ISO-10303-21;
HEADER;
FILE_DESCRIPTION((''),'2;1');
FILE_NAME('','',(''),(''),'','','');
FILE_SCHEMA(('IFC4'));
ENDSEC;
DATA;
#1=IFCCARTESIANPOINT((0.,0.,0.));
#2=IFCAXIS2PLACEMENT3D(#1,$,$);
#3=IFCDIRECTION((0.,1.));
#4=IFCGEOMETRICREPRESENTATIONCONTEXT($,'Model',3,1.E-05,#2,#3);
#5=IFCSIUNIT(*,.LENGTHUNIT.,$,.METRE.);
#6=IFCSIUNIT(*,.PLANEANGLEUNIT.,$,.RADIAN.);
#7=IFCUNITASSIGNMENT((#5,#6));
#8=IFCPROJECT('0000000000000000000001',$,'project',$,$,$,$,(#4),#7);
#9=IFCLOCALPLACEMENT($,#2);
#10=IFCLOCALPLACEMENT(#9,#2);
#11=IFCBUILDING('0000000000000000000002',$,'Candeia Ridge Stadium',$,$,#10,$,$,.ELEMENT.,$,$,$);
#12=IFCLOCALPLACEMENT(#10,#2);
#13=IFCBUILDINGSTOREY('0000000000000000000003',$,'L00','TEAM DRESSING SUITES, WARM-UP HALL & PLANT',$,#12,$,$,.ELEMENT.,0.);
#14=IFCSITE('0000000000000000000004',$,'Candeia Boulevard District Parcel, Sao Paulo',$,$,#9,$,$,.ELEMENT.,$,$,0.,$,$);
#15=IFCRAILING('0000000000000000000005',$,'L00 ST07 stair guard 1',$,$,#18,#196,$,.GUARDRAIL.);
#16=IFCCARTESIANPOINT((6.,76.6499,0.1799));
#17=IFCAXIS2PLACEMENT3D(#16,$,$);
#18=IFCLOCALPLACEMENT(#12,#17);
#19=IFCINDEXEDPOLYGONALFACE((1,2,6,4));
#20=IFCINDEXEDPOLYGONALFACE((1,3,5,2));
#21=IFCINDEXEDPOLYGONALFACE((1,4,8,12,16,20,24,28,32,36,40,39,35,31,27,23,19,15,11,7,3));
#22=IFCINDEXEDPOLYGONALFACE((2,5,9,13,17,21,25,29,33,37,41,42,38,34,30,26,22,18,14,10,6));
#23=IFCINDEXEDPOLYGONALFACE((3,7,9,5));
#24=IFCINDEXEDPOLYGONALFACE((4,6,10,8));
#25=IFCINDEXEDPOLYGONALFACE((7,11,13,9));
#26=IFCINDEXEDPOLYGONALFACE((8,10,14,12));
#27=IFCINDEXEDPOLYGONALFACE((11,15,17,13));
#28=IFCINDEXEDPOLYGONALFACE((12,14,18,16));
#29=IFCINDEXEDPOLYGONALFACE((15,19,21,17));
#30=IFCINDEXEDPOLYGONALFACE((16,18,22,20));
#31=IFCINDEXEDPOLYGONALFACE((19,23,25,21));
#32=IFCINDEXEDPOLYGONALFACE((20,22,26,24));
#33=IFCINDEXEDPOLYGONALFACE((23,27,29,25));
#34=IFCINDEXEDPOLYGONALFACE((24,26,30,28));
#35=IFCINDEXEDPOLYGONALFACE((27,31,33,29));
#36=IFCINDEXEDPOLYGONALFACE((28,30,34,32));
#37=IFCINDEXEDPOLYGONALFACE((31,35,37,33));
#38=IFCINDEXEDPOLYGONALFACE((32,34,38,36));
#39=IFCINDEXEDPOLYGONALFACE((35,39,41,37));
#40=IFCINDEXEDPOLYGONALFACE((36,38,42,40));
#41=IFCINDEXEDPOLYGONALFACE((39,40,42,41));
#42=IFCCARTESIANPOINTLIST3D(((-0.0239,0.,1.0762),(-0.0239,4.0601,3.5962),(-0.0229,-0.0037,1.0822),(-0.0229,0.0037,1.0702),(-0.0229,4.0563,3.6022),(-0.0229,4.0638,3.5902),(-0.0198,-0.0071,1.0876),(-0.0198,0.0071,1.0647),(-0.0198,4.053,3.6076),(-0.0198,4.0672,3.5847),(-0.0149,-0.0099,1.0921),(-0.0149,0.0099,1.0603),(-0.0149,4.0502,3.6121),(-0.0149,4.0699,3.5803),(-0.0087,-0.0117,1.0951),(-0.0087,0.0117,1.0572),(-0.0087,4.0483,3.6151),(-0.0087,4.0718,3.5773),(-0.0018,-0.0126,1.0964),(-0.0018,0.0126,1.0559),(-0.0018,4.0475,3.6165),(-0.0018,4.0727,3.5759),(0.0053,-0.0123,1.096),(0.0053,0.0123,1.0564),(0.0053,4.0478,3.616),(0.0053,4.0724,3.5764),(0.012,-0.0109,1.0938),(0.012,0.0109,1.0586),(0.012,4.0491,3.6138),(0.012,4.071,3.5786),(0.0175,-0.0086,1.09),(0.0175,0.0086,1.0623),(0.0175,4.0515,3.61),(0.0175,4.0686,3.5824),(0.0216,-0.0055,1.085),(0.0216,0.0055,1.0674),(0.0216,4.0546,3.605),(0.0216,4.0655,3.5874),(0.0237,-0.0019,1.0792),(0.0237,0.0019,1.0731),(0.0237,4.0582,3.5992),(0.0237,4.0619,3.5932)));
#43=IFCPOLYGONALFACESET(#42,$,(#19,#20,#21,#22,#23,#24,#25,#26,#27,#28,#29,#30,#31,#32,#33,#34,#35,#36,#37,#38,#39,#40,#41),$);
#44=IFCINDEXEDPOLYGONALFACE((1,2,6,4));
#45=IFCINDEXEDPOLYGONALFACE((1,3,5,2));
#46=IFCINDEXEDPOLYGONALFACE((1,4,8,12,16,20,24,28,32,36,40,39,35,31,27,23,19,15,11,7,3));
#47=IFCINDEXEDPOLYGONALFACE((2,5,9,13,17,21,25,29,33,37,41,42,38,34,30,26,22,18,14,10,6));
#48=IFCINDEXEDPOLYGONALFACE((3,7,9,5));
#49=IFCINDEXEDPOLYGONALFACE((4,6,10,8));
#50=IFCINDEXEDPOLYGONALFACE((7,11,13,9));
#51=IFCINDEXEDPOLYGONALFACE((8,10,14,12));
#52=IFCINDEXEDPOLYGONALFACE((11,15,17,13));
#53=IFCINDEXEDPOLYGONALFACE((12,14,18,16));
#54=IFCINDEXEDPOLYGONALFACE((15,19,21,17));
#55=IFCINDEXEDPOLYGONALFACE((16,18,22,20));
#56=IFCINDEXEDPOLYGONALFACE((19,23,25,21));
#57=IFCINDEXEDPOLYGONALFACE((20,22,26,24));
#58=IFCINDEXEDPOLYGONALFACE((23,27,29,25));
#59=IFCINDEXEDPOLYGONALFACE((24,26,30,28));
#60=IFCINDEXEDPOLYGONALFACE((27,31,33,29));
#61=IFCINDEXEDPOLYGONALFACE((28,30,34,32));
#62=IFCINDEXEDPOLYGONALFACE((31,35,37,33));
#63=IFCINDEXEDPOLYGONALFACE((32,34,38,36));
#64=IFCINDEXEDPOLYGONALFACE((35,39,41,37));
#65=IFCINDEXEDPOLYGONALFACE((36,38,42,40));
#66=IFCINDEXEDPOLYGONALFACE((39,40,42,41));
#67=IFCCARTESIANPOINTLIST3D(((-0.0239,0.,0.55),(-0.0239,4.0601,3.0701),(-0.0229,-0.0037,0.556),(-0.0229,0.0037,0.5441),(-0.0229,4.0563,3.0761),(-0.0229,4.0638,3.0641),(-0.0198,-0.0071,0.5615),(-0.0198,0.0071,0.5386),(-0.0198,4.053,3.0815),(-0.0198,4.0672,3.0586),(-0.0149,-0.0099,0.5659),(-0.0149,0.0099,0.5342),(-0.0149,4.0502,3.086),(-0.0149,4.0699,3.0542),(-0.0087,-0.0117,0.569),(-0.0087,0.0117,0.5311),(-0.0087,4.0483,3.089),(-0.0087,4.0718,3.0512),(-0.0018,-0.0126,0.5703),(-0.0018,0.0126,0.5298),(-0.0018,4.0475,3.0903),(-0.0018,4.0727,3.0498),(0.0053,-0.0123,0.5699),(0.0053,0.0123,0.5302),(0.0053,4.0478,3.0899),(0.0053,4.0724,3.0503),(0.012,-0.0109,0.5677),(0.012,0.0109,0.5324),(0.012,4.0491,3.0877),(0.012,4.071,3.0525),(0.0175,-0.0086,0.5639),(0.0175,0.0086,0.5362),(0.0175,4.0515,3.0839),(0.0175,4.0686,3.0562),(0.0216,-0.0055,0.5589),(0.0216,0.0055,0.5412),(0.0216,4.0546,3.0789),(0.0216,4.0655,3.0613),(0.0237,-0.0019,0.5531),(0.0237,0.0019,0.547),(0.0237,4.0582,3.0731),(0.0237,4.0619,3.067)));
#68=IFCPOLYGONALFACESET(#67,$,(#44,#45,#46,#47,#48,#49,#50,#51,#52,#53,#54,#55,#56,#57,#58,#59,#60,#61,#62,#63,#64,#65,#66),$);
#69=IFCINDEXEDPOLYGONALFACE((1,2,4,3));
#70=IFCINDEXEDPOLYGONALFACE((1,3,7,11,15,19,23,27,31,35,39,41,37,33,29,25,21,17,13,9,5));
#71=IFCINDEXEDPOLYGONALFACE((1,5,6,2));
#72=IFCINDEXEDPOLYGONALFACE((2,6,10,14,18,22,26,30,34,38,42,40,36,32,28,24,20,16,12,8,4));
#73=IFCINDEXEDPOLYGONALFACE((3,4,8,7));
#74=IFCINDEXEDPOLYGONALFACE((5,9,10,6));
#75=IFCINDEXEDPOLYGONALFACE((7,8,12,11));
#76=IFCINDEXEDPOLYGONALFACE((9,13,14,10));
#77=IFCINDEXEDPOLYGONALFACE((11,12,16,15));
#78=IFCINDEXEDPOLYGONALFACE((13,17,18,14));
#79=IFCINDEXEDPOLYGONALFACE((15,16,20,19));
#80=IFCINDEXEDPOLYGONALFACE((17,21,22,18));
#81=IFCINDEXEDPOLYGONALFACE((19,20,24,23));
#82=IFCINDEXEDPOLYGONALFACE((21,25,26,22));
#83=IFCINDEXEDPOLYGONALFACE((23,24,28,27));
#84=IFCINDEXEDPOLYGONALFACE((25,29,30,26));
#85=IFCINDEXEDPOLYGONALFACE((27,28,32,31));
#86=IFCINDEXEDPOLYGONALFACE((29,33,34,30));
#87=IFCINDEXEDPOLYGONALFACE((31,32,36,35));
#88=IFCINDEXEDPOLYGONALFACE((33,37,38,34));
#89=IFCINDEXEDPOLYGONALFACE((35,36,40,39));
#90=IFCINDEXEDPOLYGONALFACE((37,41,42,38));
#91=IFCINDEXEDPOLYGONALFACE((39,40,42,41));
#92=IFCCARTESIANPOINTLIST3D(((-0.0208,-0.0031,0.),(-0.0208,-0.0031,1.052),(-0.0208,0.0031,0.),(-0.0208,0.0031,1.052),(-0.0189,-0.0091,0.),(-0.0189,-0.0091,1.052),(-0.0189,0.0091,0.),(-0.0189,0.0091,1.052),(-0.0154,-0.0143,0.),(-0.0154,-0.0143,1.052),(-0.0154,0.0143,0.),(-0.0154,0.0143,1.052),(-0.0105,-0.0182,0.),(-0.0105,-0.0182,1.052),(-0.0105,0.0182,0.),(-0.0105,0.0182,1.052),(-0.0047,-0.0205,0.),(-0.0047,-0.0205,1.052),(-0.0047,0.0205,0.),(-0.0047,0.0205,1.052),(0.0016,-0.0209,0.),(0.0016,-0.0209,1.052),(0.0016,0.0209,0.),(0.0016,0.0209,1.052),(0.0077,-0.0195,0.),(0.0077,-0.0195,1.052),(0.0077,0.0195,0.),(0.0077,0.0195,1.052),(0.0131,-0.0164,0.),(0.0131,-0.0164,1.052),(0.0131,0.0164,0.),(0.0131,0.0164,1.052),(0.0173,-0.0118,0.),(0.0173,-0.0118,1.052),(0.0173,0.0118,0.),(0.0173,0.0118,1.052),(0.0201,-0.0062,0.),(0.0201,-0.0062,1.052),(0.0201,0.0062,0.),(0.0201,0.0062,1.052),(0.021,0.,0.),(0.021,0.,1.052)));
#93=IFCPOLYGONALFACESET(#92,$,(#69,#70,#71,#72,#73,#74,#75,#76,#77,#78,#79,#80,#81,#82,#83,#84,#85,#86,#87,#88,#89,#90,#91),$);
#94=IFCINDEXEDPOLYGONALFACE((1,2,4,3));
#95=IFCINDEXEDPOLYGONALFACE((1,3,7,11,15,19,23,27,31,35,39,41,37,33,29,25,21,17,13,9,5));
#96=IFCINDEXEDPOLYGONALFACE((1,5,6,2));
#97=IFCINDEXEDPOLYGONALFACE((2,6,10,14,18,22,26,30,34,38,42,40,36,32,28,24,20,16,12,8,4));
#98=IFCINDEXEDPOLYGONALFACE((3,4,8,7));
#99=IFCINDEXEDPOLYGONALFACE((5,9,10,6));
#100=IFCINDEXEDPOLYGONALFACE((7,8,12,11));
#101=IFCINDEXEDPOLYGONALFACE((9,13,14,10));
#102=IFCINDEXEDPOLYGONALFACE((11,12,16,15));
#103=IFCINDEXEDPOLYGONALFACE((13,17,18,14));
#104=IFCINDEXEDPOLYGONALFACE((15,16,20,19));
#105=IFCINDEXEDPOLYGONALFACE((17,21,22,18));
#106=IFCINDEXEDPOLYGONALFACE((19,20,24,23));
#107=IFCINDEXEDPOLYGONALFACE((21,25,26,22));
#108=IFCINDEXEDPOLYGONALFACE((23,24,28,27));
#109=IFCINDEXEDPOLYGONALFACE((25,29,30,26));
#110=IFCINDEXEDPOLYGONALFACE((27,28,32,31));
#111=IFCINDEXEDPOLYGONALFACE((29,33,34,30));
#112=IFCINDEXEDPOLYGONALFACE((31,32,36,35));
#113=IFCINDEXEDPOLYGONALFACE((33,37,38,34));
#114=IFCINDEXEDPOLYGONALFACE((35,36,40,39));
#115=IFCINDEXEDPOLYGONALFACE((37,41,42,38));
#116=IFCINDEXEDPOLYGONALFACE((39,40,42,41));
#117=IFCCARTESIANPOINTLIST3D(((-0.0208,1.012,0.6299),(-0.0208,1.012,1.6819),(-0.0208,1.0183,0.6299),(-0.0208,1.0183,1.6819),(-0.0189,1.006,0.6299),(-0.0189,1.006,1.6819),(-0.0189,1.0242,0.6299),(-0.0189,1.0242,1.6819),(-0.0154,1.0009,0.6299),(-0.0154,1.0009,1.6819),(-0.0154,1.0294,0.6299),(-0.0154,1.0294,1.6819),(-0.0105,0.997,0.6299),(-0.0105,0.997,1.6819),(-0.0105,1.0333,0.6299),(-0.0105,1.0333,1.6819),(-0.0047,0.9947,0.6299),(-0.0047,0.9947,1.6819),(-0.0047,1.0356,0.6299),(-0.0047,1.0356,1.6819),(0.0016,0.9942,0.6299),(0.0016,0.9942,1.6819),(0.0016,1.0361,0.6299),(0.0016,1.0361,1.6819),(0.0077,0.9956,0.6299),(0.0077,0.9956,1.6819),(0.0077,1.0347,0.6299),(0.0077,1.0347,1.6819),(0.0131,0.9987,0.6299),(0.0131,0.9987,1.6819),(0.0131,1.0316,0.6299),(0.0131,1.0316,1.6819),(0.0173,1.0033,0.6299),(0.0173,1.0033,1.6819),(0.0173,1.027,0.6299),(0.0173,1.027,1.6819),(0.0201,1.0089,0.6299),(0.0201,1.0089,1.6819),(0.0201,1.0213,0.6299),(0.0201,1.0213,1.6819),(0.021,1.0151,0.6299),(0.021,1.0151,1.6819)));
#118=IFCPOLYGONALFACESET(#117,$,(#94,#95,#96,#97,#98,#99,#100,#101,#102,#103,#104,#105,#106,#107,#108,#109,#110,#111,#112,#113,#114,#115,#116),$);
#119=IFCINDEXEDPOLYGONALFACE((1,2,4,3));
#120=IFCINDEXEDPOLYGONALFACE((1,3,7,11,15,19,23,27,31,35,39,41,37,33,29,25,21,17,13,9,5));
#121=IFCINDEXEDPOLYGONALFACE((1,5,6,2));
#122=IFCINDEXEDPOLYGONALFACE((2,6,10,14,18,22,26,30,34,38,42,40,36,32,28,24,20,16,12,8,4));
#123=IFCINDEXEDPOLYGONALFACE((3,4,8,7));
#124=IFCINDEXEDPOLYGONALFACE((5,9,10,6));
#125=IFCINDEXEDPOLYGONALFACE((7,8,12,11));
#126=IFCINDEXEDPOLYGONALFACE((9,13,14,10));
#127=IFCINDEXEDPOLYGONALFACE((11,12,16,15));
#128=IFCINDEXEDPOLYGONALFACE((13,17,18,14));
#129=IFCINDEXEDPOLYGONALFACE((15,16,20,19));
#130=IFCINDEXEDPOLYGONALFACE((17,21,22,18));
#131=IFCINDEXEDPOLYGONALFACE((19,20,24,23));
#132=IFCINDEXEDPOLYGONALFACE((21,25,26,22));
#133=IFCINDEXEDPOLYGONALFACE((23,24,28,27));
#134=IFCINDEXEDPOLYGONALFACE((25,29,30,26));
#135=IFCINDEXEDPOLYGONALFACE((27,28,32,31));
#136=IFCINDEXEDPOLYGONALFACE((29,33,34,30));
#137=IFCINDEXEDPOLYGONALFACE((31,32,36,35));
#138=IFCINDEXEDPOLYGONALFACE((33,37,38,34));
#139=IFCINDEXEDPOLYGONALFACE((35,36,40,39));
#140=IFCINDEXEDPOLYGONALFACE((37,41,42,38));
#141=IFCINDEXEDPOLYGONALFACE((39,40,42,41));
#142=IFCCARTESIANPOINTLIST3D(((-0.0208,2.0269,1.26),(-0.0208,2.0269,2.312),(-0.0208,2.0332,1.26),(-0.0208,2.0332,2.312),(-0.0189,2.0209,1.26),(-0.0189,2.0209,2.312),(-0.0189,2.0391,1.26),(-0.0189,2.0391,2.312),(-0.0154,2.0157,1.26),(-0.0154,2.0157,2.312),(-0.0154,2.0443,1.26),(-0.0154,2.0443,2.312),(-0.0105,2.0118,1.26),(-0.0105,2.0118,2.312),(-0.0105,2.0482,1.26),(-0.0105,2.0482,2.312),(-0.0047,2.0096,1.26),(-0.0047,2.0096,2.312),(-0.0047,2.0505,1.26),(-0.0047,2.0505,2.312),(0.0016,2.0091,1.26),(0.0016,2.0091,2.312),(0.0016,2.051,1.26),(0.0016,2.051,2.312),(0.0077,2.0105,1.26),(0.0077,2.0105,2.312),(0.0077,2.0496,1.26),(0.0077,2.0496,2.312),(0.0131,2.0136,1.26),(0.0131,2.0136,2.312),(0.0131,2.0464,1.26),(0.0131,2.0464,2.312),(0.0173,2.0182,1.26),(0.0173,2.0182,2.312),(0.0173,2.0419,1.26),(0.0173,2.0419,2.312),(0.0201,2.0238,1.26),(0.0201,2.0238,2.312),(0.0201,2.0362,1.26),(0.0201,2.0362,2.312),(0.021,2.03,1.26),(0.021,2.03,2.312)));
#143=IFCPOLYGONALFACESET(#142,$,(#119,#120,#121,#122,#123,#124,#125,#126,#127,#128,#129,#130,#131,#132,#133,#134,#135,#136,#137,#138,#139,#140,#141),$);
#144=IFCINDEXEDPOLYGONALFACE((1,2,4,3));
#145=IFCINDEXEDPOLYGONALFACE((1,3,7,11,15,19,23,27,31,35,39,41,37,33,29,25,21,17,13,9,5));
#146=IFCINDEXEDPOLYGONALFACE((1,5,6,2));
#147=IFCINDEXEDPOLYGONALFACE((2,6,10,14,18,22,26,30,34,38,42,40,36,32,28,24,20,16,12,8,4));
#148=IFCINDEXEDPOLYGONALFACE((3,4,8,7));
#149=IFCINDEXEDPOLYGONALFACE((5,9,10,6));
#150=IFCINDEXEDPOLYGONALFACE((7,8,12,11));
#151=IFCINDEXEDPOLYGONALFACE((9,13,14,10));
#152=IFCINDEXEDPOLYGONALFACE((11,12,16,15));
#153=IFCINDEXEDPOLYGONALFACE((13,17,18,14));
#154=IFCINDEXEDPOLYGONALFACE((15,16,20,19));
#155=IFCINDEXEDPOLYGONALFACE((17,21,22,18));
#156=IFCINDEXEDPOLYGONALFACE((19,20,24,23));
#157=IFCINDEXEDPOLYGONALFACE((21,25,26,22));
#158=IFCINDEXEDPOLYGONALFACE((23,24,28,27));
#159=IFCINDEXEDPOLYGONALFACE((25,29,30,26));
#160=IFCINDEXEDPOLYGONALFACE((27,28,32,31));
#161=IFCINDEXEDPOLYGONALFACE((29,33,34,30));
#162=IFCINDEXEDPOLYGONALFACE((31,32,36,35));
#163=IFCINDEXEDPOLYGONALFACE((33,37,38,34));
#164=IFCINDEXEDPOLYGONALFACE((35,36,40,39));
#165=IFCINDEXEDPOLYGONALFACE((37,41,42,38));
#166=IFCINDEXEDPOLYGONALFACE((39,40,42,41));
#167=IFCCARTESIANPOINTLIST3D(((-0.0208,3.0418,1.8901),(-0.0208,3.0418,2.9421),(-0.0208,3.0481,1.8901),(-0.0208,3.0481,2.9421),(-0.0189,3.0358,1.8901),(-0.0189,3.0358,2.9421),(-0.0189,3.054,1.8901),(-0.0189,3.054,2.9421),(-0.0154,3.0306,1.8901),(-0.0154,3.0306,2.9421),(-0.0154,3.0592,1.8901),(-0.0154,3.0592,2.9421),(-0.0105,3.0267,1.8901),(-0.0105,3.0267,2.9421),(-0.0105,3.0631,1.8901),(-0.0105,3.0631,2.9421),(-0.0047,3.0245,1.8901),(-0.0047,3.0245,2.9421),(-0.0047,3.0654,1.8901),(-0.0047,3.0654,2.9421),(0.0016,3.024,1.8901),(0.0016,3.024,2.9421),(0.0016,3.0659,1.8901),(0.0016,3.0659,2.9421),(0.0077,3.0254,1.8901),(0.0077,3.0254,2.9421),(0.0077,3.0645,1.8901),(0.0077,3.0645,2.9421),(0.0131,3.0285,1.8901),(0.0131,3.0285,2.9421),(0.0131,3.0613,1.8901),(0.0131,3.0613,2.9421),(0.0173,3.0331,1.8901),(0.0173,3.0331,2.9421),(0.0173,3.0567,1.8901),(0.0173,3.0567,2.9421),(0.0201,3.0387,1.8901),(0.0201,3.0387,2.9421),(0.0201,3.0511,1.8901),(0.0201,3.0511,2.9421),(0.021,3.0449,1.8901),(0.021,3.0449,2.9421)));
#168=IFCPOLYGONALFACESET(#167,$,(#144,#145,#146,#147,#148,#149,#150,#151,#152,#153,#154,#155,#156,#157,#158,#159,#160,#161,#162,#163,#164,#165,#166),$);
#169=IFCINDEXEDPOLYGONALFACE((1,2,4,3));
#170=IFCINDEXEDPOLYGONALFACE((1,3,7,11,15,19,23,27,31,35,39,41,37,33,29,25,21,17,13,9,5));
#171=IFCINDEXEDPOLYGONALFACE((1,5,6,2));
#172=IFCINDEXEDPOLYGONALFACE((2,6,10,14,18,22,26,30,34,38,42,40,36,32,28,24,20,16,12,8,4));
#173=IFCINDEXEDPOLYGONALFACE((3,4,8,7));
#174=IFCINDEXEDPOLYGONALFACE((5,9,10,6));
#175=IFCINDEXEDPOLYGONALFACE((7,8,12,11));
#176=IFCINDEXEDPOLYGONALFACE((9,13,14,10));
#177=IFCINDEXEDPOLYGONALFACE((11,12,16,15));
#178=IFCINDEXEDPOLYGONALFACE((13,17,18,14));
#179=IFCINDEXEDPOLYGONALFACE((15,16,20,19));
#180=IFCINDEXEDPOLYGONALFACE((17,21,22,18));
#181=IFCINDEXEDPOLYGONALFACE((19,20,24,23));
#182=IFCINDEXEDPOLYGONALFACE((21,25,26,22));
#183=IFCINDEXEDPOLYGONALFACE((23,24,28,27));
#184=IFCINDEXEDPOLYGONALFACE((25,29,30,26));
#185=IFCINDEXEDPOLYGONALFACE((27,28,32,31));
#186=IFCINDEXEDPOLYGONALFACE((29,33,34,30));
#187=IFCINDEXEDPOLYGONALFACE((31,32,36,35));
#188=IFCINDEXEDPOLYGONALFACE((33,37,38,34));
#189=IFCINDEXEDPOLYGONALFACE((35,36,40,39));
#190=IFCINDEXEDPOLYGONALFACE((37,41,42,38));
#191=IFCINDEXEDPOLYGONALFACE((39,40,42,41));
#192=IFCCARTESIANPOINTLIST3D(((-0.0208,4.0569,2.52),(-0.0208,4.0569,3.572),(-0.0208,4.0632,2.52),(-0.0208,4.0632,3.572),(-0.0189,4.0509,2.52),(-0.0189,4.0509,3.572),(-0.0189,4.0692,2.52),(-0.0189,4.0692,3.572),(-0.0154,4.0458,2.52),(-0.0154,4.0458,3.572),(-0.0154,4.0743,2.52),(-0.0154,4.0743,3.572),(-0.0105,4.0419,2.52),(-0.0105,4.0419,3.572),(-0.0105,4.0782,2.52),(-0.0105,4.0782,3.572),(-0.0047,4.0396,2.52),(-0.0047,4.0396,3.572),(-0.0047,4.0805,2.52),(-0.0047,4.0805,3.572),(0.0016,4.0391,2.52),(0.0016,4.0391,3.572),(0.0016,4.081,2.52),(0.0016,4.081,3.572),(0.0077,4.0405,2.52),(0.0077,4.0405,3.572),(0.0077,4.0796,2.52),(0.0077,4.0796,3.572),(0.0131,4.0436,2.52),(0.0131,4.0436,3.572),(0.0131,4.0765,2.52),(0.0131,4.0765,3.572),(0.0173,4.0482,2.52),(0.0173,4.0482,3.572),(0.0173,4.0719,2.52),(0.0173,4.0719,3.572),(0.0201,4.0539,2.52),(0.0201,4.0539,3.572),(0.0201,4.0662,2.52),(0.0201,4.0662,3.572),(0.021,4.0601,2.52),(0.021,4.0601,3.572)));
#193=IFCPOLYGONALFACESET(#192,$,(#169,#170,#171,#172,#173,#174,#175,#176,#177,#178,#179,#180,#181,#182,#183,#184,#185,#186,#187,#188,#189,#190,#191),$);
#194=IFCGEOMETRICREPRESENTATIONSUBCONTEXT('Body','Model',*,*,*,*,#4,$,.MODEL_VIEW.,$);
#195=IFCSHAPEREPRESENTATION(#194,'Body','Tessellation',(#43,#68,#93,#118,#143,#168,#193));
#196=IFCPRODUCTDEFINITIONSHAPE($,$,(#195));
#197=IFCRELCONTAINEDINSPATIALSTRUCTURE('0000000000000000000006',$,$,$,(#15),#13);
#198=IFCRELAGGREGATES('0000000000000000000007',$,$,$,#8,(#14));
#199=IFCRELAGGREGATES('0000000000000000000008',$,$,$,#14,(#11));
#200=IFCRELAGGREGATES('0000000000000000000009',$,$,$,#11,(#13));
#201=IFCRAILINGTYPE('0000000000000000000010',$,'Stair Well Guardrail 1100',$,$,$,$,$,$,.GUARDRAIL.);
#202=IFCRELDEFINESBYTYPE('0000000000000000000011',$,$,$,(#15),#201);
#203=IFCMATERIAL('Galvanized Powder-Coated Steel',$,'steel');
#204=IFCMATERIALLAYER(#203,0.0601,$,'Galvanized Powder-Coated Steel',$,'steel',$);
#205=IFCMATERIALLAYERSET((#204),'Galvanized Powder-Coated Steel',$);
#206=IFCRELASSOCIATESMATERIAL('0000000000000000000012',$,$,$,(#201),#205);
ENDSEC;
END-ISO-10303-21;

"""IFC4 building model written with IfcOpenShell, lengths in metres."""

from ifc_helpers import new_model, si_unit, direction, frame, origin, origin_2d, place, context, subcontext, project, spatial, circle, extrude, material, layer, layer_set, type_object, element, save


model = new_model("IFC4")

# Units and contexts
model_context = context("Model", 3, precision=1e-05, world=origin(), true_north=direction((0.0, 1.0)))
body_context = subcontext(model_context, "Body", "Model", "MODEL_VIEW")
ifc_project = project(units=[si_unit("LENGTHUNIT", "METRE"), si_unit("PLANEANGLEUNIT", "RADIAN")], contexts=[model_context])

# Site, building, storey
site_placement = place(None, origin())
site = spatial("IfcSite", under=ifc_project, at=site_placement, Name="Candeia Boulevard District Parcel, Sao Paulo", CompositionType="ELEMENT", RefElevation=0.0)
building_placement = place(site_placement, origin())
building = spatial("IfcBuilding", under=site, at=building_placement, Name="Candeia Ridge Stadium", CompositionType="ELEMENT")
storey_placement = place(building_placement, origin())
storey = spatial("IfcBuildingStorey", under=building, at=storey_placement, Name="L00", Description="TEAM DRESSING SUITES, WARM-UP HALL & PLANT", CompositionType="ELEMENT", Elevation=0.0)

# Railing
ifc_material_1 = material(Name="Galvanized Powder-Coated Steel", Category="steel")
ifc_layer_1 = layer(ifc_material_1, 0.0601, Name="Galvanized Powder-Coated Steel", Category="steel")
ifc_layer_set_1 = layer_set([ifc_layer_1], Name="Galvanized Powder-Coated Steel")
railing_type_1 = type_object("IfcRailingType", Name="Stair Well Guardrail 1100", PredefinedType="GUARDRAIL", material=ifc_layer_set_1)
railing_1_placement = place(storey_placement, frame((6.0, 76.6499, 0.1799)))
element("IfcRailing", 1, at=railing_1_placement, inside=storey, type_object=railing_type_1, Name="L00 ST07 stair guard 1", PredefinedType="GUARDRAIL", context=body_context, shape_type="SweptSolid", body=[
    extrude(circle(Radius=0.0239, at=origin_2d()), frame((0.0, 0.0, 1.0762), z_axis=(0.0, 0.849642, 0.52736), x_axis=(-1.0, 0.0, 0.0)), (0.0, 0.0, 1.0), 4.7786),
    extrude(circle(Radius=0.0239, at=origin_2d()), frame((0.0, 0.0, 0.55), z_axis=(0.0, 0.849642, 0.52736), x_axis=(-1.0, 0.0, 0.0)), (0.0, 0.0, 1.0), 4.7786),
    extrude(circle(Radius=0.021, at=origin_2d()), origin(), (0.0, 0.0, 1.0), 1.052),
    extrude(circle(Radius=0.021, at=origin_2d()), frame((0.0, 1.0151, 0.6299)), (0.0, 0.0, 1.0), 1.052),
    extrude(circle(Radius=0.021, at=origin_2d()), frame((0.0, 2.03, 1.26)), (0.0, 0.0, 1.0), 1.052),
    extrude(circle(Radius=0.021, at=origin_2d()), frame((0.0, 3.0449, 1.8901)), (0.0, 0.0, 1.0), 1.052),
    extrude(circle(Radius=0.021, at=origin_2d()), frame((0.0, 4.0601, 2.52)), (0.0, 0.0, 1.0), 1.052),
])

save(model, "model.ifc")
